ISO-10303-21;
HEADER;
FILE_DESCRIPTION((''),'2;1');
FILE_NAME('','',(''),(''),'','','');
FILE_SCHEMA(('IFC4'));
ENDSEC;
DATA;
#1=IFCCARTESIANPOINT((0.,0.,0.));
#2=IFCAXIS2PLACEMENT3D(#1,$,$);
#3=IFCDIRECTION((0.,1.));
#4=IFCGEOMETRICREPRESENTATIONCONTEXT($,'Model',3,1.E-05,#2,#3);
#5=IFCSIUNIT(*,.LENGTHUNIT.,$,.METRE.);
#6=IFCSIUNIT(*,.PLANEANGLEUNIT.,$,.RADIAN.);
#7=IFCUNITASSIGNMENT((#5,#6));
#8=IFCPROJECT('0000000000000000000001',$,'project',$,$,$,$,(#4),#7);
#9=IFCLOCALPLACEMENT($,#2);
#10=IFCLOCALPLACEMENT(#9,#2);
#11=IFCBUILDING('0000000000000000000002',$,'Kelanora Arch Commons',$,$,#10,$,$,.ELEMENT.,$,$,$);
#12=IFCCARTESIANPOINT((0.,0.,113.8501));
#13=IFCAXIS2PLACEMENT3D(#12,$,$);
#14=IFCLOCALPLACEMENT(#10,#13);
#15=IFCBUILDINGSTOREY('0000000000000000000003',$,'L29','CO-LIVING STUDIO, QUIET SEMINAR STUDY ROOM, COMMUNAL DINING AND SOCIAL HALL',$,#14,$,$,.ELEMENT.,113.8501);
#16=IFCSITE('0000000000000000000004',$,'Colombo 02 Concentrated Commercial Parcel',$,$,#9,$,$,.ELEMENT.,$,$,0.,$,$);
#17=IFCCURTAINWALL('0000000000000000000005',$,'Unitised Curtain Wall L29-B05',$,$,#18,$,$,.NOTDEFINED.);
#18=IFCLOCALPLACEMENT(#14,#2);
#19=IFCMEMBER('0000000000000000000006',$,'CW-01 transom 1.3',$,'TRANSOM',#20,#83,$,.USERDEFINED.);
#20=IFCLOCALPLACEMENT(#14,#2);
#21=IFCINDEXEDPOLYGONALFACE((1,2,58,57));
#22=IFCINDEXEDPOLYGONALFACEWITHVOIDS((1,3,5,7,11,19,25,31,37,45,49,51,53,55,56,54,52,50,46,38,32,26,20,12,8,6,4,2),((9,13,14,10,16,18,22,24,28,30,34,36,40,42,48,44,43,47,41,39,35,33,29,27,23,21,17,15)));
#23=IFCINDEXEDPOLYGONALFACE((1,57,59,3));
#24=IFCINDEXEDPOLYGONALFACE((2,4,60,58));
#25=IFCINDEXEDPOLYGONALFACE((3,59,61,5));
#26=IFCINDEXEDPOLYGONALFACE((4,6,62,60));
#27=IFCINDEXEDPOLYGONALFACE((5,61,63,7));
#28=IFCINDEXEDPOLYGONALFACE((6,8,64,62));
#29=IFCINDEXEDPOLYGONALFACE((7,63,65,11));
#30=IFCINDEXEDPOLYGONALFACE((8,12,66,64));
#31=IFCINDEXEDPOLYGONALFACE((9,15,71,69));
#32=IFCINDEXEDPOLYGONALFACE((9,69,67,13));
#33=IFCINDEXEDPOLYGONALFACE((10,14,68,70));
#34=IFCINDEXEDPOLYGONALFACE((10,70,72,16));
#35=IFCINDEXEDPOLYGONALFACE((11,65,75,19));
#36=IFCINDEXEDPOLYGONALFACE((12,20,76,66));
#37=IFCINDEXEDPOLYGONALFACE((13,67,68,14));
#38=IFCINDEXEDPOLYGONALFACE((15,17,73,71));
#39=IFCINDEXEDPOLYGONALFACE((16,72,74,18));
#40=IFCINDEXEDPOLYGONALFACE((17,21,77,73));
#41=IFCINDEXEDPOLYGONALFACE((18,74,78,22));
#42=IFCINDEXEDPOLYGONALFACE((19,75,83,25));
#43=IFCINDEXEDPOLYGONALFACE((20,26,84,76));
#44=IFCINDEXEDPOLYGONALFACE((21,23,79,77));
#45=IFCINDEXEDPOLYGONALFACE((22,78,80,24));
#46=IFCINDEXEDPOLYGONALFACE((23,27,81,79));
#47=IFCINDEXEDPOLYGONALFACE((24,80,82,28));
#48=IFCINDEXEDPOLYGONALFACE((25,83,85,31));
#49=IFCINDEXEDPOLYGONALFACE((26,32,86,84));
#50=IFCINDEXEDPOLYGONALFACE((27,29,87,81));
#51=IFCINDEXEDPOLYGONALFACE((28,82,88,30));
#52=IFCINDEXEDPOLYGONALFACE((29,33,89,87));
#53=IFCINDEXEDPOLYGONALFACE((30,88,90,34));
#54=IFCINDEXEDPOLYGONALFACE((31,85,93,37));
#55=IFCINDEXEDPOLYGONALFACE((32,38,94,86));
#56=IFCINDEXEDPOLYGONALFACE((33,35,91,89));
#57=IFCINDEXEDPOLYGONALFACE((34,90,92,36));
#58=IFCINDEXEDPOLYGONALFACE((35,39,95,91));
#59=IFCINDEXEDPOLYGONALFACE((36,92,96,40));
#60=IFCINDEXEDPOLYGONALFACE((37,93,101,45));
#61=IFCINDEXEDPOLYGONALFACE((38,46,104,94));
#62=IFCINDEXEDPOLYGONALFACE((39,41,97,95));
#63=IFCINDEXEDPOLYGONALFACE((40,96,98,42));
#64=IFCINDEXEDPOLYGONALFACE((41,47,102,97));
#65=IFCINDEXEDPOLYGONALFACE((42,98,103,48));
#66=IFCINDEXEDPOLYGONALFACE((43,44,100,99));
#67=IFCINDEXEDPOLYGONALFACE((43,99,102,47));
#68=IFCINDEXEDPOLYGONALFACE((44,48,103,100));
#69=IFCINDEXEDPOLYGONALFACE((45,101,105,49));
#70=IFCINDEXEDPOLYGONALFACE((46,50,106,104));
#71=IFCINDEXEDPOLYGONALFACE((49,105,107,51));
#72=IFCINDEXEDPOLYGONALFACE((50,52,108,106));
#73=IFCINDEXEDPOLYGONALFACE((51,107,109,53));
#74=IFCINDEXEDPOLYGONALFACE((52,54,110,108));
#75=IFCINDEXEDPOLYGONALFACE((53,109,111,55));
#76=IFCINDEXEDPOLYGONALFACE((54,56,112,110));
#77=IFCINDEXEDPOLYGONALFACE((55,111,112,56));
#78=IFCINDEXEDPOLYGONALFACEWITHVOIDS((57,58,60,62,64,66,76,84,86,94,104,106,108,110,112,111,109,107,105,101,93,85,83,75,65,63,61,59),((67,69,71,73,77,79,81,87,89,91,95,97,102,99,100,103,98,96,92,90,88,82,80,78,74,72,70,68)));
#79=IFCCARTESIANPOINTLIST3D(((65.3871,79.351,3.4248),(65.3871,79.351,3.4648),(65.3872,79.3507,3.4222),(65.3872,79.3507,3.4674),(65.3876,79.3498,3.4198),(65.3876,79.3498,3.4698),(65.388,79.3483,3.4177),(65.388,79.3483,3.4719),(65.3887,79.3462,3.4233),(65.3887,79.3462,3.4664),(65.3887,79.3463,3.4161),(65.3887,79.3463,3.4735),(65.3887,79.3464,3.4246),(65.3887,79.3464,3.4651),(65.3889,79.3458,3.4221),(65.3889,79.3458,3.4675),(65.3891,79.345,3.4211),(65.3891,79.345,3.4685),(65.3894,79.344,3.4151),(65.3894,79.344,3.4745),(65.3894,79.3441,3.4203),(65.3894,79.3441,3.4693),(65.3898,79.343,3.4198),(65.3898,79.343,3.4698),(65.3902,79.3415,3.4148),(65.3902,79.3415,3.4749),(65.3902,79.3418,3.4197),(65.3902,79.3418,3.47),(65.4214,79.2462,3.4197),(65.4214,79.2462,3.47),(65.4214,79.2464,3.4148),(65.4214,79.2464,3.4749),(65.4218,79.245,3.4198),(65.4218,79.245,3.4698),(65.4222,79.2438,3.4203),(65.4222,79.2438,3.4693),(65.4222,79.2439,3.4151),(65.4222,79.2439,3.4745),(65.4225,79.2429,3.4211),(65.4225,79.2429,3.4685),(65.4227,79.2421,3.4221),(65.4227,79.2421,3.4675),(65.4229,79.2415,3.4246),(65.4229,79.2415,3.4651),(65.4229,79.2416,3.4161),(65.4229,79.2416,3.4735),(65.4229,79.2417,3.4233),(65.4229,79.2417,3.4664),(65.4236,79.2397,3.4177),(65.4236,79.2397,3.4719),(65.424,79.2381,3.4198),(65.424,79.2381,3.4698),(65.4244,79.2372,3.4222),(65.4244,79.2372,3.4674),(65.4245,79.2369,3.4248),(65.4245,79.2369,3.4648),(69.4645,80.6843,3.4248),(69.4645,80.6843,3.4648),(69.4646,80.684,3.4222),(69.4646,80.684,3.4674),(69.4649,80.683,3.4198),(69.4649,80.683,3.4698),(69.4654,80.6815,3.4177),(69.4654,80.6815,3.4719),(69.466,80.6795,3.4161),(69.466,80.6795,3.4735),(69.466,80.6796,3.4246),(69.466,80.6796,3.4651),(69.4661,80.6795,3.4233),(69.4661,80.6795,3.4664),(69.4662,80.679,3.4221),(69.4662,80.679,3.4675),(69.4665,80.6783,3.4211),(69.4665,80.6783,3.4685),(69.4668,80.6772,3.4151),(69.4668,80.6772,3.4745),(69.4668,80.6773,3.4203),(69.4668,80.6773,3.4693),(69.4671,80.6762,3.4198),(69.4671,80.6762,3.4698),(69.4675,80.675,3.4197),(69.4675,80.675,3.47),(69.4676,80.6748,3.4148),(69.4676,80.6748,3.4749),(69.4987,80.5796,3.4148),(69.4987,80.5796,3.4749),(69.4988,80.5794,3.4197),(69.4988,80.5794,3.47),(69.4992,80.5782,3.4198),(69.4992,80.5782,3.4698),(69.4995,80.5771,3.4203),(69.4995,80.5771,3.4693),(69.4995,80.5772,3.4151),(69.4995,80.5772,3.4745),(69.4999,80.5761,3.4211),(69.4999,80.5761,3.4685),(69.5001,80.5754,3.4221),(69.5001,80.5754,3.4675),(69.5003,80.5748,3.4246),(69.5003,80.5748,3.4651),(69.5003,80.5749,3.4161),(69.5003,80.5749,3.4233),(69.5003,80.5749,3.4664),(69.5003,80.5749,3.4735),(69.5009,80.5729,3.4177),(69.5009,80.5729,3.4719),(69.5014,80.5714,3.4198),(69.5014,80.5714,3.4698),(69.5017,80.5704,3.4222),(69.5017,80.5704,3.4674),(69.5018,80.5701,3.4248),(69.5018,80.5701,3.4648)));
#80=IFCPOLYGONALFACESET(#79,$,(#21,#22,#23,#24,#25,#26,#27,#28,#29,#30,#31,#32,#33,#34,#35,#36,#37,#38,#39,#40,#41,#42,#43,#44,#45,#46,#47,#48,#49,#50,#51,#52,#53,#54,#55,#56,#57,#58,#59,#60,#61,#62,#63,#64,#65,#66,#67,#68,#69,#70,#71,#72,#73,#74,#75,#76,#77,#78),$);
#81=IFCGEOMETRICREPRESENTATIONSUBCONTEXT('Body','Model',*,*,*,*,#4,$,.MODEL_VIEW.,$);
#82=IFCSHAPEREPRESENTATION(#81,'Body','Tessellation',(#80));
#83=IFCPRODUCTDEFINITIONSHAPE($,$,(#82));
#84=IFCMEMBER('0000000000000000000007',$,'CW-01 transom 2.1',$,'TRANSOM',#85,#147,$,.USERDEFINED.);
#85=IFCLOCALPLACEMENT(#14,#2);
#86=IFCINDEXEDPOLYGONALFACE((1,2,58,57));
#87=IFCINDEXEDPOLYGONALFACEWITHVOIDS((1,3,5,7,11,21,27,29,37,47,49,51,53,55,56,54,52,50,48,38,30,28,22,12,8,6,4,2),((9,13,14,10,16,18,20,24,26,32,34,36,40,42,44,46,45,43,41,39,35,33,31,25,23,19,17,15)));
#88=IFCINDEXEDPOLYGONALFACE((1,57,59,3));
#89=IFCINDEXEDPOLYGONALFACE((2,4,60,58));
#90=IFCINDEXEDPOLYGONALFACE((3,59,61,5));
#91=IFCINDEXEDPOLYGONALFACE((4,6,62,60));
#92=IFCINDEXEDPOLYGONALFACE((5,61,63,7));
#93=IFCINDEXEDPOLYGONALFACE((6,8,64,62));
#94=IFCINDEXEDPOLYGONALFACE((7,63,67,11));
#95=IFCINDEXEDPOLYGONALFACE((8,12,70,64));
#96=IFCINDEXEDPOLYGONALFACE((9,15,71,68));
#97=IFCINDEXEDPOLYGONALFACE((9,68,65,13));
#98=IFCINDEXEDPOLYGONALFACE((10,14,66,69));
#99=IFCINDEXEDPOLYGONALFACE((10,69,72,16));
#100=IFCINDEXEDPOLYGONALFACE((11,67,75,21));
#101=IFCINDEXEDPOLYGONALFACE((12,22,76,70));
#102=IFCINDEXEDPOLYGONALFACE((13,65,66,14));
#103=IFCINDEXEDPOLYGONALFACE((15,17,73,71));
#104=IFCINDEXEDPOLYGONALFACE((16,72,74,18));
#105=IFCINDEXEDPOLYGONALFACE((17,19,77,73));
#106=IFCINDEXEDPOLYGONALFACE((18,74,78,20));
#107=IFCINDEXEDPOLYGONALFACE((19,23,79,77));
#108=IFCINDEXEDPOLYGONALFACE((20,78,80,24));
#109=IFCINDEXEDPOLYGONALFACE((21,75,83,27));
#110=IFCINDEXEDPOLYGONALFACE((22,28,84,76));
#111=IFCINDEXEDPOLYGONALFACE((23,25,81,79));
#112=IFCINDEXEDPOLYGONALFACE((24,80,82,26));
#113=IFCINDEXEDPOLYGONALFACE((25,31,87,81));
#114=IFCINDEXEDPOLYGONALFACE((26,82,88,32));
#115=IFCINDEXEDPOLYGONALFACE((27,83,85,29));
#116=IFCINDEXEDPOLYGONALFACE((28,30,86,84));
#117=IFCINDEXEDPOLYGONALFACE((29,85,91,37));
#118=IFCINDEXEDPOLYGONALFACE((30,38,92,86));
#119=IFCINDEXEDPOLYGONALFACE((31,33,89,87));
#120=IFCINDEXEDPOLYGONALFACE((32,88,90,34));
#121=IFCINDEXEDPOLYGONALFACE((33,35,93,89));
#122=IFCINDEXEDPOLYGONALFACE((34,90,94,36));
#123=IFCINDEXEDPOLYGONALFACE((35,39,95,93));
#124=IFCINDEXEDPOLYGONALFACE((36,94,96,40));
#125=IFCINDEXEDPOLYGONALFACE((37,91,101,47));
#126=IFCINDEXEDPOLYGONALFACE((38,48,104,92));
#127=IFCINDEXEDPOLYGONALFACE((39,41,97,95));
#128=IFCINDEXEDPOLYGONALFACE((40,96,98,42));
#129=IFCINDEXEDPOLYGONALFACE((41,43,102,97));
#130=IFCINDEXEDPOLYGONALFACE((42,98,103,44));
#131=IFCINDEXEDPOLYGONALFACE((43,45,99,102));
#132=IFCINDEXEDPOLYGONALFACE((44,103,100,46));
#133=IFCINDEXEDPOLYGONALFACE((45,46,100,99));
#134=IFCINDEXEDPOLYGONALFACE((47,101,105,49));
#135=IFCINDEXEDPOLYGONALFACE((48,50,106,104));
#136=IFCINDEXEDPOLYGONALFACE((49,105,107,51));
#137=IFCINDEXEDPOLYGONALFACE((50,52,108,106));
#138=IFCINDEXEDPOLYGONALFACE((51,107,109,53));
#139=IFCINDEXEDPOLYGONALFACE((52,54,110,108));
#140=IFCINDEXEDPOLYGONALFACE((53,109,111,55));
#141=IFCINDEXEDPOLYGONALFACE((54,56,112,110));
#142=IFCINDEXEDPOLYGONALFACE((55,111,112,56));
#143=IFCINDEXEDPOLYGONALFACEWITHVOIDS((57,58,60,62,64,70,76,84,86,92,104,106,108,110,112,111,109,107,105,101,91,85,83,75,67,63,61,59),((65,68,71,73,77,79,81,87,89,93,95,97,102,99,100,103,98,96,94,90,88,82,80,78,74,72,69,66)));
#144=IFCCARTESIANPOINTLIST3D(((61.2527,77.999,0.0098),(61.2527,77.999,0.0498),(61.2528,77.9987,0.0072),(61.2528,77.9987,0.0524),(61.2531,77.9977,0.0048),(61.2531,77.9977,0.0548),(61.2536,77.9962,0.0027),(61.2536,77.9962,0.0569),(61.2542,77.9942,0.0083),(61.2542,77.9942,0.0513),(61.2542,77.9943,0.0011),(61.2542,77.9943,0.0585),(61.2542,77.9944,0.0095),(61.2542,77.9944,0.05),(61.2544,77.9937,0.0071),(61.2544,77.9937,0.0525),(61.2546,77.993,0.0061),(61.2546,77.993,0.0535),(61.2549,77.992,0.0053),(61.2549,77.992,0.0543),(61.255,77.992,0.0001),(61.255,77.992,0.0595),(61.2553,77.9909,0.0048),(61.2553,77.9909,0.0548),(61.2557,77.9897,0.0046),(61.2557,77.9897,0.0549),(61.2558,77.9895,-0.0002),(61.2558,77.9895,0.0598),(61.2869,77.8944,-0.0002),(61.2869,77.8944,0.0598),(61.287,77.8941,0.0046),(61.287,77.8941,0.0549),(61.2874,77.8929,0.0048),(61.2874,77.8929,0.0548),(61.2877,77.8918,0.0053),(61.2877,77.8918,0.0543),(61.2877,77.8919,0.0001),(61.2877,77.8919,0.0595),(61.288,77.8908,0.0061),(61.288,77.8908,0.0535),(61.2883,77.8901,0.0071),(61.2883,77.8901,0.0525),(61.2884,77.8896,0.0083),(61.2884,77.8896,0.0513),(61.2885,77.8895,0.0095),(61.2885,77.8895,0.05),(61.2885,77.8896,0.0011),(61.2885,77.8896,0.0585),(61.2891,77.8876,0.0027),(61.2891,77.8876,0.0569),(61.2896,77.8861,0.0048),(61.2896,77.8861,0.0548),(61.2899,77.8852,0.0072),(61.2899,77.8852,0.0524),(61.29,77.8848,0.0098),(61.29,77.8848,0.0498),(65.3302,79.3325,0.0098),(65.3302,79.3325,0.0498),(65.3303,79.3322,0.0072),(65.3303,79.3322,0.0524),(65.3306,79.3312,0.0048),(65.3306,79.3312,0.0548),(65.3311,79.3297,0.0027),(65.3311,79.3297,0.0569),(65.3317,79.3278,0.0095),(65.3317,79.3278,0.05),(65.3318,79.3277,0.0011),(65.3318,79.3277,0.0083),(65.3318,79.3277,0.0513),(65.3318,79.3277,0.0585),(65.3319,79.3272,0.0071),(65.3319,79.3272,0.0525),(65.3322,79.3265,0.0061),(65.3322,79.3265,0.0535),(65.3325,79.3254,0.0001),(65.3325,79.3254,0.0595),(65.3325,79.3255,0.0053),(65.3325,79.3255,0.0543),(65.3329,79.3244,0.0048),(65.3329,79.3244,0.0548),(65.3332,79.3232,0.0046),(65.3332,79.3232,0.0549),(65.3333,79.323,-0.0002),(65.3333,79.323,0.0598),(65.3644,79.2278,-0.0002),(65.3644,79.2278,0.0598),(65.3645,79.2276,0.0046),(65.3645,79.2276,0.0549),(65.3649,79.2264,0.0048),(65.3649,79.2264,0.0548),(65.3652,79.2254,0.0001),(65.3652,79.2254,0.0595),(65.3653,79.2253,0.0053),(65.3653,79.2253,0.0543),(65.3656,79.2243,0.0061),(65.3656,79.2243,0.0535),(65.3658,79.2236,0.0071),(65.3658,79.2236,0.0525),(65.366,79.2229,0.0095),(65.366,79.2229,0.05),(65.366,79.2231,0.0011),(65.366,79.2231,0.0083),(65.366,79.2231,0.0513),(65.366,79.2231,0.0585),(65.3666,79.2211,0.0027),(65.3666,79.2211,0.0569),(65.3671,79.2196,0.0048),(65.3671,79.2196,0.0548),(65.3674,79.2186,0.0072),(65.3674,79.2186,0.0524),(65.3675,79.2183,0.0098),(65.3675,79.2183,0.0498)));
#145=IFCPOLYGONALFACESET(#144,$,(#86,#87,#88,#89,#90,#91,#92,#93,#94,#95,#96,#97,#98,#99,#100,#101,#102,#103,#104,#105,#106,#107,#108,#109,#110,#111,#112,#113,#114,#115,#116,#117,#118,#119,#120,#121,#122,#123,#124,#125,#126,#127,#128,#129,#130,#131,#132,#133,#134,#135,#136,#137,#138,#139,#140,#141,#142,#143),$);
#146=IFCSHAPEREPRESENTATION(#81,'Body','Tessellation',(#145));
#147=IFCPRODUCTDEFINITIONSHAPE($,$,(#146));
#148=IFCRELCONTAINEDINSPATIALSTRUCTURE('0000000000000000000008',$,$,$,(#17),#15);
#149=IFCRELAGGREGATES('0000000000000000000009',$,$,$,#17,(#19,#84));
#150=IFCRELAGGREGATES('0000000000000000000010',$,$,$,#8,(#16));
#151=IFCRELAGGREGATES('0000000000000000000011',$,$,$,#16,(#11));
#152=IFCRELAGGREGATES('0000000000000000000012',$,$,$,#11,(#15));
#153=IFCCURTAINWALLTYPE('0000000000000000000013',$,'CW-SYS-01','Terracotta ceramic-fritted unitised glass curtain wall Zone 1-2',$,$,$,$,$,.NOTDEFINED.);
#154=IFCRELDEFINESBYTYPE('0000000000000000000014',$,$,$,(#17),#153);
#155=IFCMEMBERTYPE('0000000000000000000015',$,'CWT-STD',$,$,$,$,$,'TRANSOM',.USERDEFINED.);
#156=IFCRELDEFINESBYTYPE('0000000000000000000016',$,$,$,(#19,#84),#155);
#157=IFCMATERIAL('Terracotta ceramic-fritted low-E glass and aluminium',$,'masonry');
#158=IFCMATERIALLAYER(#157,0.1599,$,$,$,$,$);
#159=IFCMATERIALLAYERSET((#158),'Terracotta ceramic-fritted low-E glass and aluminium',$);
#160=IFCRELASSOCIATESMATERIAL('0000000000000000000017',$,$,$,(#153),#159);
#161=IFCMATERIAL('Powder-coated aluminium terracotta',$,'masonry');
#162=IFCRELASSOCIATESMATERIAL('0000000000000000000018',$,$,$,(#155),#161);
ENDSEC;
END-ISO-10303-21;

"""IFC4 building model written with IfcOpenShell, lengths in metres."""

from ifc_helpers import new_model, si_unit, direction, frame, origin, origin_2d, place, context, subcontext, project, spatial, hollow_rectangle, extrude, material, layer, layer_set, material_profile, profile_set, type_object, element, aggregate, save


model = new_model("IFC4")

# Units and contexts
model_context = context("Model", 3, precision=1e-05, world=origin(), true_north=direction((0.0, 1.0)))
body_context = subcontext(model_context, "Body", "Model", "MODEL_VIEW")
ifc_project = project(units=[si_unit("LENGTHUNIT", "METRE"), si_unit("PLANEANGLEUNIT", "RADIAN")], contexts=[model_context])

# Site, building, storey
site_placement = place(None, origin())
site = spatial("IfcSite", under=ifc_project, at=site_placement, Name="Colombo 02 Concentrated Commercial Parcel", CompositionType="ELEMENT", RefElevation=0.0)
building_placement = place(site_placement, origin())
building = spatial("IfcBuilding", under=site, at=building_placement, Name="Kelanora Arch Commons", CompositionType="ELEMENT")
storey_placement = place(building_placement, frame((0.0, 0.0, 113.8501)))
storey = spatial("IfcBuildingStorey", under=building, at=storey_placement, Name="L29", Description="CO-LIVING STUDIO, QUIET SEMINAR STUDY ROOM, COMMUNAL DINING AND SOCIAL HALL", CompositionType="ELEMENT", Elevation=113.8501)

# Curtain wall, members
ifc_material_1 = material(Name="Terracotta ceramic-fritted low-E glass and aluminium", Category="masonry")
ifc_layer_1 = layer(ifc_material_1, 0.1599)
ifc_layer_set_1 = layer_set([ifc_layer_1], Name="Terracotta ceramic-fritted low-E glass and aluminium")
curtain_wall_type = type_object("IfcCurtainWallType", Name="CW-SYS-01", Description="Terracotta ceramic-fritted unitised glass curtain wall Zone 1-2", PredefinedType="NOTDEFINED", material=ifc_layer_set_1)
curtain_wall_placement = place(storey_placement, origin())
curtain_wall = element("IfcCurtainWall", 1, at=curtain_wall_placement, inside=storey, type_object=curtain_wall_type, Name="Unitised Curtain Wall L29-B05", PredefinedType="NOTDEFINED")
ifc_material_2 = material(Name="Powder-coated aluminium terracotta", Category="masonry")
ifc_material_profile_1 = material_profile(ifc_material_2, hollow_rectangle(XDim=0.1201, YDim=0.0601, WallThickness=0.0049, InnerFilletRadius=0.0049, OuterFilletRadius=0.01, at=origin_2d()), Name="CWT120x60")
ifc_profile_set_1 = profile_set([ifc_material_profile_1], Name="Powder-coated aluminium terracotta")
member_type_1 = type_object("IfcMemberType", Name="CWT-STD", ElementType="TRANSOM", PredefinedType="USERDEFINED", material=ifc_profile_set_1)
member_1_placement = place(storey_placement, frame((69.4832, 80.6272, 3.4448), z_axis=(-0.950478, -0.310793, 0.0), x_axis=(0.310793, -0.950478, 0.0)))
member_1 = element("IfcMember", 2, at=member_1_placement, type_object=member_type_1, Name="CW-01 transom 1.3", ObjectType="TRANSOM", PredefinedType="USERDEFINED", context=body_context, shape_type="SweptSolid", body=[
    extrude(hollow_rectangle(XDim=0.1201, YDim=0.0601, WallThickness=0.0049, InnerFilletRadius=0.0049, OuterFilletRadius=0.01, at=origin_2d()), origin(), (0.0, 0.0, 1.0), 4.2898),
])
member_2_placement = place(storey_placement, frame((65.3489, 79.2754, 0.0298), z_axis=(-0.950466, -0.310828, 0.0), x_axis=(0.310828, -0.950466, 0.0)))
member_2 = element("IfcMember", 3, at=member_2_placement, type_object=member_type_1, Name="CW-01 transom 2.1", ObjectType="TRANSOM", PredefinedType="USERDEFINED", context=body_context, shape_type="SweptSolid", body=[
    extrude(hollow_rectangle(XDim=0.1201, YDim=0.0601, WallThickness=0.0049, InnerFilletRadius=0.0049, OuterFilletRadius=0.01, at=origin_2d()), origin(), (0.0, 0.0, 1.0), 4.29),
])
aggregate(curtain_wall, [member_1, member_2])

save(model, "model.ifc")
